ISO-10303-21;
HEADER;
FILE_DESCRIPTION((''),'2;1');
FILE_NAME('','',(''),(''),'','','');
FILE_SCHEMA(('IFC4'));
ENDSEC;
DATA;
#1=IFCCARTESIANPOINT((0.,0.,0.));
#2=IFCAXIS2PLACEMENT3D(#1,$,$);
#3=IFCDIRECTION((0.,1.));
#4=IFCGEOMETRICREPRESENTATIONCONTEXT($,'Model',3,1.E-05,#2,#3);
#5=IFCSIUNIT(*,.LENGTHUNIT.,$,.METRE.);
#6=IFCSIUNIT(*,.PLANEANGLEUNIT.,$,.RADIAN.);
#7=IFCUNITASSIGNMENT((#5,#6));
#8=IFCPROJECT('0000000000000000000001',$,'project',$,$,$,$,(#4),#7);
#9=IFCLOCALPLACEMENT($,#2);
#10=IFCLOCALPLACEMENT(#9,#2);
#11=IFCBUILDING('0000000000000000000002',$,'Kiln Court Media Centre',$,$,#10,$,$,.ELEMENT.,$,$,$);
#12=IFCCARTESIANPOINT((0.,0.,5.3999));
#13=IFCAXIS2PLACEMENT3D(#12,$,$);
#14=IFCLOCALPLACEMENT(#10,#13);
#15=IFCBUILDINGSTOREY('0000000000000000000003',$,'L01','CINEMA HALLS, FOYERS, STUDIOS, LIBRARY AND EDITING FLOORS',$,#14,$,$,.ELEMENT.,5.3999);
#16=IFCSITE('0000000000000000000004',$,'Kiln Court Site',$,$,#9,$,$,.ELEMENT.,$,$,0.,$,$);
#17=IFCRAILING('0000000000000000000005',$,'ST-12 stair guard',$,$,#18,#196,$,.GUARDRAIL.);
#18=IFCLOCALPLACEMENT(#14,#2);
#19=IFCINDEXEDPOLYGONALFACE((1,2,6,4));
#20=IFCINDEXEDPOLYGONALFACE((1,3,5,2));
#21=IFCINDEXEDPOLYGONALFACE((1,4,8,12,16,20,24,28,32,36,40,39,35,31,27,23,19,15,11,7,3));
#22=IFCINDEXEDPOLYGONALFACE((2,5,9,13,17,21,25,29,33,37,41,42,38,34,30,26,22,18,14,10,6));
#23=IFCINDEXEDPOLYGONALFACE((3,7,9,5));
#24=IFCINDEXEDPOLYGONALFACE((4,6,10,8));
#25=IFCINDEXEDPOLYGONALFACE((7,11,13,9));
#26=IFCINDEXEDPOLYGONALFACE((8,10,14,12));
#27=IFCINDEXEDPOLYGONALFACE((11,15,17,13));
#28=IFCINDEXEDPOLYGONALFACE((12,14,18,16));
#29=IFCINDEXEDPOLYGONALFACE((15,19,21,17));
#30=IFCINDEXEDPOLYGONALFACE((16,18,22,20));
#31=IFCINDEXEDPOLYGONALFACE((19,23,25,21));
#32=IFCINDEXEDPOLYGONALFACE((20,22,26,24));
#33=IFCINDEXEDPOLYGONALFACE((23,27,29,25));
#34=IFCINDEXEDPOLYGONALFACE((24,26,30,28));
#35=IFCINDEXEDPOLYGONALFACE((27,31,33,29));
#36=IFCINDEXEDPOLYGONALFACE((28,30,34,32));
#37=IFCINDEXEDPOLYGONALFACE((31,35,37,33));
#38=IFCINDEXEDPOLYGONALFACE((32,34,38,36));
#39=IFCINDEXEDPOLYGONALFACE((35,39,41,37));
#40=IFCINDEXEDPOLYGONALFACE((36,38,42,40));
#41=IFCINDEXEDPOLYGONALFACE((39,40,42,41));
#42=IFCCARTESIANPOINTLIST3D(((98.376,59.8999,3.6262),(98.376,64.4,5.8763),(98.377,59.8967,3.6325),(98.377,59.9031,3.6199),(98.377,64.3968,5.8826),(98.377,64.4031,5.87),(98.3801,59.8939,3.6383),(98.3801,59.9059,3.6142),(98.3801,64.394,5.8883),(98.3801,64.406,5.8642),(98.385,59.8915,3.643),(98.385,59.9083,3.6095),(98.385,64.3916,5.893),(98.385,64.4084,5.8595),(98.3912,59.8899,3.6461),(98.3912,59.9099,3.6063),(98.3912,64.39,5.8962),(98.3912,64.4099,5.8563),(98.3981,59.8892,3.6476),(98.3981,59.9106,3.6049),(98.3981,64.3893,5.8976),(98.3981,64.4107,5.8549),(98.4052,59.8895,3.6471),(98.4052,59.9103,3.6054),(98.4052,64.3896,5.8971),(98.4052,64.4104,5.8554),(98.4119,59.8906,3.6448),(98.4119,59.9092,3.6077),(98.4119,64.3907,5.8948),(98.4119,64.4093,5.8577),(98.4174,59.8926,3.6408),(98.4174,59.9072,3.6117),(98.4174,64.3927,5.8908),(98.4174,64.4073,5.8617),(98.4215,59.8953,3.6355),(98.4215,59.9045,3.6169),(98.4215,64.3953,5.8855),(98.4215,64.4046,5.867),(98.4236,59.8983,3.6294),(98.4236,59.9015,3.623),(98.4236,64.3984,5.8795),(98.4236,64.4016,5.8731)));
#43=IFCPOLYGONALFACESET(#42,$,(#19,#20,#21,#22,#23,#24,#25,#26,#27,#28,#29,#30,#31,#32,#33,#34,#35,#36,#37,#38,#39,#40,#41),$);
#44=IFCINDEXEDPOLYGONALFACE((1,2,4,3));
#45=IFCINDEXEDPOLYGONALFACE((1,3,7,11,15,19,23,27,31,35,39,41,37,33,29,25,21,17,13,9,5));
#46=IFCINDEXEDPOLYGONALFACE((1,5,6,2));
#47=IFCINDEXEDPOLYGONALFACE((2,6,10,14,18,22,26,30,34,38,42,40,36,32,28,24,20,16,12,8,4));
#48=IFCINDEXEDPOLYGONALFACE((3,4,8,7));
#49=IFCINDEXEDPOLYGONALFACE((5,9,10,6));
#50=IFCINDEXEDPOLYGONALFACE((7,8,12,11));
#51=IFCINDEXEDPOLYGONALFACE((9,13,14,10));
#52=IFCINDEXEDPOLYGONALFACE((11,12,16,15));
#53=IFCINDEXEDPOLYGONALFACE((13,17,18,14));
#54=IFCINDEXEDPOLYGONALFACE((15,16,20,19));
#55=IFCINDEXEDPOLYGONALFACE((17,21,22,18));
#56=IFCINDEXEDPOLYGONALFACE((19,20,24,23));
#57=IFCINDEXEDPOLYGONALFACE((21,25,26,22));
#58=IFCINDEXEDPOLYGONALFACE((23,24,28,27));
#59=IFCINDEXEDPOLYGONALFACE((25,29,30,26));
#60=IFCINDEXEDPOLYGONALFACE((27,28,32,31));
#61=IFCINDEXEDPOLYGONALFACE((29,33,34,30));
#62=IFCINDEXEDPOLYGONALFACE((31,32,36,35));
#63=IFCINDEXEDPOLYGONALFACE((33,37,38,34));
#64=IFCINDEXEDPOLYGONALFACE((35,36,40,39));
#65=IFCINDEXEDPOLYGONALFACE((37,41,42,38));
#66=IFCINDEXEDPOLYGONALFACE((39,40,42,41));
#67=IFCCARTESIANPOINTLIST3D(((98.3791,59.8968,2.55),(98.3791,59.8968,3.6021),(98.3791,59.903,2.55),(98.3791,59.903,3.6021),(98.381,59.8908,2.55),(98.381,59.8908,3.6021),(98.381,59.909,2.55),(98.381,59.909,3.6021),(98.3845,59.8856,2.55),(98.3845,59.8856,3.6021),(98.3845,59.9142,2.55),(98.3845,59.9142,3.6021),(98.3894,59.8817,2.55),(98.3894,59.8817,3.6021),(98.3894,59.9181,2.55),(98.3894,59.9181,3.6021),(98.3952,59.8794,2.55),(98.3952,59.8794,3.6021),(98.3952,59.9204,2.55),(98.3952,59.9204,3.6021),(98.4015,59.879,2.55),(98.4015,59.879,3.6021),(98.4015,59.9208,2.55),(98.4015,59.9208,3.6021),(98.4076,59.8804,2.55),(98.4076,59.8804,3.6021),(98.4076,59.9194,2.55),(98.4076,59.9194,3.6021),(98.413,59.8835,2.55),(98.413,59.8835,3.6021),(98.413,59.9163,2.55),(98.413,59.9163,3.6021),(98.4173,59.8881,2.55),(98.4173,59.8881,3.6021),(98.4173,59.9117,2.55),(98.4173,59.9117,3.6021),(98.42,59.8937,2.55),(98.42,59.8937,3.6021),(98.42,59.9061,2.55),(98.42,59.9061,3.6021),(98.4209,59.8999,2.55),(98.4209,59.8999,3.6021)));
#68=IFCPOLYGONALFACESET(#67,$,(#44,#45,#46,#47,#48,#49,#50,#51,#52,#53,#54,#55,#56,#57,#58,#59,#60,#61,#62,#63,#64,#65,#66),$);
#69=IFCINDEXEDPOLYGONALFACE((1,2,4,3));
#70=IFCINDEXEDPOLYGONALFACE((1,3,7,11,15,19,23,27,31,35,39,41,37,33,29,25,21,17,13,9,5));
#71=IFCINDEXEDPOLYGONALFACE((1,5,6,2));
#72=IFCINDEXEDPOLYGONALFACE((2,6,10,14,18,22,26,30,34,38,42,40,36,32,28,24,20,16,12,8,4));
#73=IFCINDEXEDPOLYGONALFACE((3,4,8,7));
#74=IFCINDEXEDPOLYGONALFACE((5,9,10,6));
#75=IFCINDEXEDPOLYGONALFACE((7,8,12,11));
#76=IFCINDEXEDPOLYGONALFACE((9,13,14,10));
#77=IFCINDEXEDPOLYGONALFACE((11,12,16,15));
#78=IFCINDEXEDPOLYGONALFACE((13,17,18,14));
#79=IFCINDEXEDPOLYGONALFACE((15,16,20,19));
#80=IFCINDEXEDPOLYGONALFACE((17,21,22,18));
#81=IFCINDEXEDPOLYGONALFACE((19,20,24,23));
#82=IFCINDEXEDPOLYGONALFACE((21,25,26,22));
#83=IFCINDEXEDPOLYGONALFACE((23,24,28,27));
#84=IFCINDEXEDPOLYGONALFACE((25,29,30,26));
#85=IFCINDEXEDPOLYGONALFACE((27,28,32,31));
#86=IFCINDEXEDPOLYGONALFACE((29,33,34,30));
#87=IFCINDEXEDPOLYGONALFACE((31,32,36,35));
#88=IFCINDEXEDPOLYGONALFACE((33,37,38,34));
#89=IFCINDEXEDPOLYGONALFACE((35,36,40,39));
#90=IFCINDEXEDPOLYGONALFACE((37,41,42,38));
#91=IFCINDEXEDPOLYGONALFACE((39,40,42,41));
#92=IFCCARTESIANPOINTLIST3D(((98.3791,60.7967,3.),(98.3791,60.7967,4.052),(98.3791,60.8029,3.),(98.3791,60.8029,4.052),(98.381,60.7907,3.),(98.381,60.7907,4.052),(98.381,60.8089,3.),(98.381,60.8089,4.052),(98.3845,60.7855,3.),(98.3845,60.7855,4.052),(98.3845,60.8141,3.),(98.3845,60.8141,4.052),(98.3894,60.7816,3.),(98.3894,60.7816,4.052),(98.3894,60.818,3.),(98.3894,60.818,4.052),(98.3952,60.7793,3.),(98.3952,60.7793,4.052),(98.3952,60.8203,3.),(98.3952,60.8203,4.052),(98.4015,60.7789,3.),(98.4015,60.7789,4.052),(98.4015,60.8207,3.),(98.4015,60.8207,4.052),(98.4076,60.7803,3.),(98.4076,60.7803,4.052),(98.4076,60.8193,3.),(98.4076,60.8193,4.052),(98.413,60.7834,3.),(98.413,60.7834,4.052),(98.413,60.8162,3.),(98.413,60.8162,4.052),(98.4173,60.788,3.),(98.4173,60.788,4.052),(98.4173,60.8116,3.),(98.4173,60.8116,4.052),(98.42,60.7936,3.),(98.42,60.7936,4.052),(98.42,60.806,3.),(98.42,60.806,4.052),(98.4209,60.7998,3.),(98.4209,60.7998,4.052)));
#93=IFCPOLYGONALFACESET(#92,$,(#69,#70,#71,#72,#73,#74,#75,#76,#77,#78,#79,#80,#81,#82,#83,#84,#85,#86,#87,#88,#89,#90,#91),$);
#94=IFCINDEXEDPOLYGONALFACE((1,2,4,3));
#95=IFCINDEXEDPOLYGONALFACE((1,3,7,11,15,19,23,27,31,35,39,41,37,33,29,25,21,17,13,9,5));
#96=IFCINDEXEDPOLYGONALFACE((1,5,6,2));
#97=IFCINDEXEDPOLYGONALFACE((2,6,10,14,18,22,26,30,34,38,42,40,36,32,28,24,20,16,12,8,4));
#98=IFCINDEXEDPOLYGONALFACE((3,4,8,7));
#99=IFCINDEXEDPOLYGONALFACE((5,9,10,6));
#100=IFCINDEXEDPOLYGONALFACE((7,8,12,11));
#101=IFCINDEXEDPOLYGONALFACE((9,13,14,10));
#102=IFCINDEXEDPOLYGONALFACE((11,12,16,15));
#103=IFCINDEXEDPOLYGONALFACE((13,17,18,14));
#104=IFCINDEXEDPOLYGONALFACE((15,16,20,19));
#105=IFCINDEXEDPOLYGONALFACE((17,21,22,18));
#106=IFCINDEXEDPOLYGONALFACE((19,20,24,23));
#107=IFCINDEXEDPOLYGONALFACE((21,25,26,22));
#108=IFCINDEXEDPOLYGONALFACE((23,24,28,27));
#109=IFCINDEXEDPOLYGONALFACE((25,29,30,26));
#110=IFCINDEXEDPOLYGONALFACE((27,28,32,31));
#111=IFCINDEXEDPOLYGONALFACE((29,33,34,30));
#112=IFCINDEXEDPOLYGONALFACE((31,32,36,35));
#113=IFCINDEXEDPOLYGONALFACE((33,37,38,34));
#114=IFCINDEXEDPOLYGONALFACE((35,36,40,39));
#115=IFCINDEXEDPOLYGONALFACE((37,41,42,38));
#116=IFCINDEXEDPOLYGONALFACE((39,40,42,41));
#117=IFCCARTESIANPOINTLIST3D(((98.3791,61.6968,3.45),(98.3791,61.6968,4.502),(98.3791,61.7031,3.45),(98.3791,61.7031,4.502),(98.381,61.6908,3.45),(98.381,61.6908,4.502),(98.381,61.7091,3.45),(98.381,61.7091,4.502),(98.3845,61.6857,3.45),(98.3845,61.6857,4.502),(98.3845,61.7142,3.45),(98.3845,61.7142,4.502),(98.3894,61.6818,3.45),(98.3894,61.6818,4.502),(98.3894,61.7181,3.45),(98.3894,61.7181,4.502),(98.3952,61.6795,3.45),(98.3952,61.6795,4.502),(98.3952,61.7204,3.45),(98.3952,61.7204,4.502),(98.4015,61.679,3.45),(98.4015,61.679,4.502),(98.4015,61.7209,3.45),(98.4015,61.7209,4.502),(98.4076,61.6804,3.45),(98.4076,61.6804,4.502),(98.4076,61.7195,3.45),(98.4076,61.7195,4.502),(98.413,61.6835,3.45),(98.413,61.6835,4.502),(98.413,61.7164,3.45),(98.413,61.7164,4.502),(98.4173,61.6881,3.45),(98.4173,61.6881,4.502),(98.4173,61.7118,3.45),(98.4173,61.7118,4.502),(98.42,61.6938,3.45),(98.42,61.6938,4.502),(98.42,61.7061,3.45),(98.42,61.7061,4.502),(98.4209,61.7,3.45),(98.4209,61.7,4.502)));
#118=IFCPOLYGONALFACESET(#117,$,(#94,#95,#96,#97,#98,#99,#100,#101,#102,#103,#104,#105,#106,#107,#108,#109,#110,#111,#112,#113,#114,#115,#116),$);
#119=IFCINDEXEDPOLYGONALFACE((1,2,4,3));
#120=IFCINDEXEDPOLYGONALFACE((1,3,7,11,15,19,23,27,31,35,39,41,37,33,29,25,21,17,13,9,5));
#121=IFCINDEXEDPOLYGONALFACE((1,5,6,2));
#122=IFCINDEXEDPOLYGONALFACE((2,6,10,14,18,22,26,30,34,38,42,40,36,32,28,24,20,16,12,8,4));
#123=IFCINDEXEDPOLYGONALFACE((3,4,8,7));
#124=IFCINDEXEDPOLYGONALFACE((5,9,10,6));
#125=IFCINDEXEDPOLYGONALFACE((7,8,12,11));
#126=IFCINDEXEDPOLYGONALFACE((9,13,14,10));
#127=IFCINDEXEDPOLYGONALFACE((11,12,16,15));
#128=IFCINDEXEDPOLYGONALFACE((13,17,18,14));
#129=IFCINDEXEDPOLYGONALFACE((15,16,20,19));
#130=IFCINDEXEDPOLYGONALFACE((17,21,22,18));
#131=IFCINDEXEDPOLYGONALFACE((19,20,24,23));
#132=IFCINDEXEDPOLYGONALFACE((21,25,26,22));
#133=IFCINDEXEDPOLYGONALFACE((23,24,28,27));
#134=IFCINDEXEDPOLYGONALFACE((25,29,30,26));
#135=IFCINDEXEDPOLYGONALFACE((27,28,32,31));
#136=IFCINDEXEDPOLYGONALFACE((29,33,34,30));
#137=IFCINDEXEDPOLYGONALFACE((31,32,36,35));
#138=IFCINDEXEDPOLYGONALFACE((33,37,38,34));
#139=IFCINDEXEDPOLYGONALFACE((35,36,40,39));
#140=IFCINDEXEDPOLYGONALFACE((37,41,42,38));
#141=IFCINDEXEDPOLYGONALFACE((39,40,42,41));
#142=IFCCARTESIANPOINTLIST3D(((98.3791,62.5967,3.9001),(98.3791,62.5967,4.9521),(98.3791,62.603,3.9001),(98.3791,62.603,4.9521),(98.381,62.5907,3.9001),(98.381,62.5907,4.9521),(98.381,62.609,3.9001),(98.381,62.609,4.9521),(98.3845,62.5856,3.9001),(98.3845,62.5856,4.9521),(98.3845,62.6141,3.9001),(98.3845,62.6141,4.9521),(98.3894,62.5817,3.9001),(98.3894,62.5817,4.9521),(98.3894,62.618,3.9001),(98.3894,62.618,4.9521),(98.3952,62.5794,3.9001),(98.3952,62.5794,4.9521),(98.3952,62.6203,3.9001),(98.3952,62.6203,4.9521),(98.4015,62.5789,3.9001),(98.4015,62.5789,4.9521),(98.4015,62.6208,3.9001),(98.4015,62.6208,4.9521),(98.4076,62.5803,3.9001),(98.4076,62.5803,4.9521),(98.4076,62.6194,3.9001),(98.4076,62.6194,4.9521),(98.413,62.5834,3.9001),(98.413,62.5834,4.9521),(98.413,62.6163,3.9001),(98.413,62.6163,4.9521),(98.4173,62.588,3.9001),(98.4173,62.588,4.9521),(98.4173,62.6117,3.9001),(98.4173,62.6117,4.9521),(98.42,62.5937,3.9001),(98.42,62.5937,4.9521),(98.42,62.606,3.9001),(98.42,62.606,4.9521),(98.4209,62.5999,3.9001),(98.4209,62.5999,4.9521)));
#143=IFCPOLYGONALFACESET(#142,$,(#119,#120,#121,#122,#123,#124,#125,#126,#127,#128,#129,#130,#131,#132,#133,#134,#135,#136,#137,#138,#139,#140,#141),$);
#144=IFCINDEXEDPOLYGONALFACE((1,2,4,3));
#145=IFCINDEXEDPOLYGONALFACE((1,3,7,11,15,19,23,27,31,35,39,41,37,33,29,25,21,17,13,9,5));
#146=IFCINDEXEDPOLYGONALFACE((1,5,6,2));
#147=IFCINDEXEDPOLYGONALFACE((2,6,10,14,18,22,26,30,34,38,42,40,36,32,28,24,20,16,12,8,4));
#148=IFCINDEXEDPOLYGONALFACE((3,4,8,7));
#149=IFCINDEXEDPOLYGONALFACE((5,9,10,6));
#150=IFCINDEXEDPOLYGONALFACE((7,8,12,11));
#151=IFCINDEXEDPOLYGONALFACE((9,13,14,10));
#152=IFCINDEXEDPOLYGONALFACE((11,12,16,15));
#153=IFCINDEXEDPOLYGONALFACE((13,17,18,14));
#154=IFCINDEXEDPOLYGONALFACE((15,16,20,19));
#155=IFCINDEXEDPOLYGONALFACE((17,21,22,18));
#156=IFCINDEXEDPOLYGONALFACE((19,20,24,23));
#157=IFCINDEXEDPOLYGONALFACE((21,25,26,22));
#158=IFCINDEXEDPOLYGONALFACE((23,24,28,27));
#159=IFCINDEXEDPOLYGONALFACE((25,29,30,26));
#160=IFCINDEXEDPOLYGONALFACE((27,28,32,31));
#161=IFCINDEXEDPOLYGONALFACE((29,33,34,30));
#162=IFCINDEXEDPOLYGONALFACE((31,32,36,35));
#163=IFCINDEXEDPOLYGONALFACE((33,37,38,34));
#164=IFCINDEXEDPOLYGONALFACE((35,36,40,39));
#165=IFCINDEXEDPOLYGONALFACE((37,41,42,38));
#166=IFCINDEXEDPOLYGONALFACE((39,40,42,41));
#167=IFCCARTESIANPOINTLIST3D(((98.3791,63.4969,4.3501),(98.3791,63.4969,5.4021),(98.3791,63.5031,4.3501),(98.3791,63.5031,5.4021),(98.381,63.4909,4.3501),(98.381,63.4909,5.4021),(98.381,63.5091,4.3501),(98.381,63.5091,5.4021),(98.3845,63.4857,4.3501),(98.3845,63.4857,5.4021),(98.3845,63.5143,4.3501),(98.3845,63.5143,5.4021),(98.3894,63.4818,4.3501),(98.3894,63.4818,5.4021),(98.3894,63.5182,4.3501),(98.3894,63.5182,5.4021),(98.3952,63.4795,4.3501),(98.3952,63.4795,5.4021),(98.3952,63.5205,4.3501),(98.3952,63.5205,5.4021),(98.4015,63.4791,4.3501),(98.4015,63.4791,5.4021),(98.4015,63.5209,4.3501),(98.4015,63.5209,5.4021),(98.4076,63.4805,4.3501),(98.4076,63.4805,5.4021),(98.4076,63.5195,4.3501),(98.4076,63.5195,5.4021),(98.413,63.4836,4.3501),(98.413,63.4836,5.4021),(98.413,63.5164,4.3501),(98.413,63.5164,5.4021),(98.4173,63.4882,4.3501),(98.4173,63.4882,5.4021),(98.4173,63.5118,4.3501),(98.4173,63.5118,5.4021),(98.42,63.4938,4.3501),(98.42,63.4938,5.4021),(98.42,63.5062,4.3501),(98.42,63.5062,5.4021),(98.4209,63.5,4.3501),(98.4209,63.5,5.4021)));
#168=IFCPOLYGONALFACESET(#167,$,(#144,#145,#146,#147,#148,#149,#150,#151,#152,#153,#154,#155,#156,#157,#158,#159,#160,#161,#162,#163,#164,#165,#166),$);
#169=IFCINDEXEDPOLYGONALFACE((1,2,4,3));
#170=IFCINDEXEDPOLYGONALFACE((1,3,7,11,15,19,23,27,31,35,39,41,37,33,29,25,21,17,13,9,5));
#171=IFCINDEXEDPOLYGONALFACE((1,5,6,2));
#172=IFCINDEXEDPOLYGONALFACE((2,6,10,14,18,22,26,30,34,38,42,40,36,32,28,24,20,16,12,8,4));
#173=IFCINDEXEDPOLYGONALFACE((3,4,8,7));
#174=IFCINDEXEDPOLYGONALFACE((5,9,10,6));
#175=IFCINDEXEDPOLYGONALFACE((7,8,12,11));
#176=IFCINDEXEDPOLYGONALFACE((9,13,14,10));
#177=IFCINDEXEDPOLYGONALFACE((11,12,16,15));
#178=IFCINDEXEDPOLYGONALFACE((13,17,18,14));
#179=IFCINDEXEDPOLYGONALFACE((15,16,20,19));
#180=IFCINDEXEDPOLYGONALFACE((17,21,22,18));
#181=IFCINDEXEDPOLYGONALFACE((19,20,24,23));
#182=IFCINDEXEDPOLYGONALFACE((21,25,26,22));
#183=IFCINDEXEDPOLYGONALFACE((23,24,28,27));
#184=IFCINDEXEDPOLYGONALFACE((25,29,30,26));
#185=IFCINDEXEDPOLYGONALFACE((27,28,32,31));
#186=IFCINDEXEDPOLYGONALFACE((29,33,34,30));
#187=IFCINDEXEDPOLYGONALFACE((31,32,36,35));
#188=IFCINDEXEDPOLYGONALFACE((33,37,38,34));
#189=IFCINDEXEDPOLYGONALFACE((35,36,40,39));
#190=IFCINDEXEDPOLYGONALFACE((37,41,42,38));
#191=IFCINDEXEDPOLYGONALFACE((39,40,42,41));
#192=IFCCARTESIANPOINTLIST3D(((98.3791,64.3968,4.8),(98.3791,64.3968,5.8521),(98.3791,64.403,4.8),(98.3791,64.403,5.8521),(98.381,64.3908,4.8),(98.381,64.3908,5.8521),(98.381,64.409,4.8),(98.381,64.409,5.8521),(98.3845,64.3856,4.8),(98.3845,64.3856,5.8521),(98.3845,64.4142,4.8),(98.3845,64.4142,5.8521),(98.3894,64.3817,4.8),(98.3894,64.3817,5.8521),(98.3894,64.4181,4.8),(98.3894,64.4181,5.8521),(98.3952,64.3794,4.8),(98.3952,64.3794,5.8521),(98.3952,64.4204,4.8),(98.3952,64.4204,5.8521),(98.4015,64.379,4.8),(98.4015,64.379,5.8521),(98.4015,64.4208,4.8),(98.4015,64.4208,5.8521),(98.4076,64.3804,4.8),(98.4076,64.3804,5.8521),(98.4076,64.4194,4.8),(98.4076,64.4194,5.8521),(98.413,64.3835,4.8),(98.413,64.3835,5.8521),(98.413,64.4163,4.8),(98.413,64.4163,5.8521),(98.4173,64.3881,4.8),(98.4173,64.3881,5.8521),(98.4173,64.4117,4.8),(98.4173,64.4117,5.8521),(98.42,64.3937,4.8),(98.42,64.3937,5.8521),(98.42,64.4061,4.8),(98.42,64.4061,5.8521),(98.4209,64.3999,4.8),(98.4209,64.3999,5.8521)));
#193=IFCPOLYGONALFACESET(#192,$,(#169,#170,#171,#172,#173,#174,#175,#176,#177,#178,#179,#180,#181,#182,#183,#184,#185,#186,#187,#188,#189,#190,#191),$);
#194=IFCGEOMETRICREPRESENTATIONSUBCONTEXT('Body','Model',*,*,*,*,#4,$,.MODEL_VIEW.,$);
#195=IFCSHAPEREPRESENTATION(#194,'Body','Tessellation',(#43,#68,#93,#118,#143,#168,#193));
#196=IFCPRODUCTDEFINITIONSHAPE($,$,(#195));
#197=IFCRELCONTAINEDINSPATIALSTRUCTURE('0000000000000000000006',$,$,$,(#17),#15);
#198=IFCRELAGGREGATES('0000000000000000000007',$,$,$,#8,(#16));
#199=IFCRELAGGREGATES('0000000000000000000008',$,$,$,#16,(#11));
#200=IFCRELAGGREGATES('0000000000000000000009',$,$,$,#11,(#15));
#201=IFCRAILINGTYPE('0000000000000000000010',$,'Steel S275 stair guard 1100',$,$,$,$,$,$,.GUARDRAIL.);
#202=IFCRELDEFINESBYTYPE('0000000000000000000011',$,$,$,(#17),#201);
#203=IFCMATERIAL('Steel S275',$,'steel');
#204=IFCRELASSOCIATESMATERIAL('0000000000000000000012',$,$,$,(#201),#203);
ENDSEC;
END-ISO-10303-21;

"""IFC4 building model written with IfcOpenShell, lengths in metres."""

from ifc_helpers import new_model, si_unit, direction, frame, origin, origin_2d, place, context, subcontext, project, spatial, circle, extrude, material, type_object, element, save


model = new_model("IFC4")

# Units and contexts
model_context = context("Model", 3, precision=1e-05, world=origin(), true_north=direction((0.0, 1.0)))
body_context = subcontext(model_context, "Body", "Model", "MODEL_VIEW")
ifc_project = project(units=[si_unit("LENGTHUNIT", "METRE"), si_unit("PLANEANGLEUNIT", "RADIAN")], contexts=[model_context])

# Site, building, storey
site_placement = place(None, origin())
site = spatial("IfcSite", under=ifc_project, at=site_placement, Name="Kiln Court Site", CompositionType="ELEMENT", RefElevation=0.0)
building_placement = place(site_placement, origin())
building = spatial("IfcBuilding", under=site, at=building_placement, Name="Kiln Court Media Centre", CompositionType="ELEMENT")
storey_placement = place(building_placement, frame((0.0, 0.0, 5.3999)))
storey = spatial("IfcBuildingStorey", under=building, at=storey_placement, Name="L01", Description="CINEMA HALLS, FOYERS, STUDIOS, LIBRARY AND EDITING FLOORS", CompositionType="ELEMENT", Elevation=5.3999)

# Railing
ifc_material_1 = material(Name="Steel S275", Category="steel")
railing_type_1 = type_object("IfcRailingType", Name="Steel S275 stair guard 1100", PredefinedType="GUARDRAIL", material=ifc_material_1)
railing_1_placement = place(storey_placement, frame((98.3999, 59.8999, 2.55)))
element("IfcRailing", 1, at=railing_1_placement, inside=storey, type_object=railing_type_1, Name="ST-12 stair guard", PredefinedType="GUARDRAIL", context=body_context, shape_type="SweptSolid", body=[
    extrude(circle(Radius=0.0239, at=origin_2d()), frame((0.0, 0.0, 1.0762), z_axis=(0.0, 0.894427, 0.447214), x_axis=(-1.0, 0.0, 0.0)), (0.0, 0.0, 1.0), 5.0312),
    extrude(circle(Radius=0.021, at=origin_2d()), origin(), (0.0, 0.0, 1.0), 1.052),
    extrude(circle(Radius=0.021, at=origin_2d()), frame((0.0, 0.8999, 0.45)), (0.0, 0.0, 1.0), 1.052),
    extrude(circle(Radius=0.021, at=origin_2d()), frame((0.0, 1.8, 0.8999)), (0.0, 0.0, 1.0), 1.052),
    extrude(circle(Radius=0.021, at=origin_2d()), frame((0.0, 2.7, 1.3501)), (0.0, 0.0, 1.0), 1.052),
    extrude(circle(Radius=0.021, at=origin_2d()), frame((0.0, 3.6001, 1.8)), (0.0, 0.0, 1.0), 1.052),
    extrude(circle(Radius=0.021, at=origin_2d()), frame((0.0, 4.5, 2.25)), (0.0, 0.0, 1.0), 1.052),
])

save(model, "model.ifc")
